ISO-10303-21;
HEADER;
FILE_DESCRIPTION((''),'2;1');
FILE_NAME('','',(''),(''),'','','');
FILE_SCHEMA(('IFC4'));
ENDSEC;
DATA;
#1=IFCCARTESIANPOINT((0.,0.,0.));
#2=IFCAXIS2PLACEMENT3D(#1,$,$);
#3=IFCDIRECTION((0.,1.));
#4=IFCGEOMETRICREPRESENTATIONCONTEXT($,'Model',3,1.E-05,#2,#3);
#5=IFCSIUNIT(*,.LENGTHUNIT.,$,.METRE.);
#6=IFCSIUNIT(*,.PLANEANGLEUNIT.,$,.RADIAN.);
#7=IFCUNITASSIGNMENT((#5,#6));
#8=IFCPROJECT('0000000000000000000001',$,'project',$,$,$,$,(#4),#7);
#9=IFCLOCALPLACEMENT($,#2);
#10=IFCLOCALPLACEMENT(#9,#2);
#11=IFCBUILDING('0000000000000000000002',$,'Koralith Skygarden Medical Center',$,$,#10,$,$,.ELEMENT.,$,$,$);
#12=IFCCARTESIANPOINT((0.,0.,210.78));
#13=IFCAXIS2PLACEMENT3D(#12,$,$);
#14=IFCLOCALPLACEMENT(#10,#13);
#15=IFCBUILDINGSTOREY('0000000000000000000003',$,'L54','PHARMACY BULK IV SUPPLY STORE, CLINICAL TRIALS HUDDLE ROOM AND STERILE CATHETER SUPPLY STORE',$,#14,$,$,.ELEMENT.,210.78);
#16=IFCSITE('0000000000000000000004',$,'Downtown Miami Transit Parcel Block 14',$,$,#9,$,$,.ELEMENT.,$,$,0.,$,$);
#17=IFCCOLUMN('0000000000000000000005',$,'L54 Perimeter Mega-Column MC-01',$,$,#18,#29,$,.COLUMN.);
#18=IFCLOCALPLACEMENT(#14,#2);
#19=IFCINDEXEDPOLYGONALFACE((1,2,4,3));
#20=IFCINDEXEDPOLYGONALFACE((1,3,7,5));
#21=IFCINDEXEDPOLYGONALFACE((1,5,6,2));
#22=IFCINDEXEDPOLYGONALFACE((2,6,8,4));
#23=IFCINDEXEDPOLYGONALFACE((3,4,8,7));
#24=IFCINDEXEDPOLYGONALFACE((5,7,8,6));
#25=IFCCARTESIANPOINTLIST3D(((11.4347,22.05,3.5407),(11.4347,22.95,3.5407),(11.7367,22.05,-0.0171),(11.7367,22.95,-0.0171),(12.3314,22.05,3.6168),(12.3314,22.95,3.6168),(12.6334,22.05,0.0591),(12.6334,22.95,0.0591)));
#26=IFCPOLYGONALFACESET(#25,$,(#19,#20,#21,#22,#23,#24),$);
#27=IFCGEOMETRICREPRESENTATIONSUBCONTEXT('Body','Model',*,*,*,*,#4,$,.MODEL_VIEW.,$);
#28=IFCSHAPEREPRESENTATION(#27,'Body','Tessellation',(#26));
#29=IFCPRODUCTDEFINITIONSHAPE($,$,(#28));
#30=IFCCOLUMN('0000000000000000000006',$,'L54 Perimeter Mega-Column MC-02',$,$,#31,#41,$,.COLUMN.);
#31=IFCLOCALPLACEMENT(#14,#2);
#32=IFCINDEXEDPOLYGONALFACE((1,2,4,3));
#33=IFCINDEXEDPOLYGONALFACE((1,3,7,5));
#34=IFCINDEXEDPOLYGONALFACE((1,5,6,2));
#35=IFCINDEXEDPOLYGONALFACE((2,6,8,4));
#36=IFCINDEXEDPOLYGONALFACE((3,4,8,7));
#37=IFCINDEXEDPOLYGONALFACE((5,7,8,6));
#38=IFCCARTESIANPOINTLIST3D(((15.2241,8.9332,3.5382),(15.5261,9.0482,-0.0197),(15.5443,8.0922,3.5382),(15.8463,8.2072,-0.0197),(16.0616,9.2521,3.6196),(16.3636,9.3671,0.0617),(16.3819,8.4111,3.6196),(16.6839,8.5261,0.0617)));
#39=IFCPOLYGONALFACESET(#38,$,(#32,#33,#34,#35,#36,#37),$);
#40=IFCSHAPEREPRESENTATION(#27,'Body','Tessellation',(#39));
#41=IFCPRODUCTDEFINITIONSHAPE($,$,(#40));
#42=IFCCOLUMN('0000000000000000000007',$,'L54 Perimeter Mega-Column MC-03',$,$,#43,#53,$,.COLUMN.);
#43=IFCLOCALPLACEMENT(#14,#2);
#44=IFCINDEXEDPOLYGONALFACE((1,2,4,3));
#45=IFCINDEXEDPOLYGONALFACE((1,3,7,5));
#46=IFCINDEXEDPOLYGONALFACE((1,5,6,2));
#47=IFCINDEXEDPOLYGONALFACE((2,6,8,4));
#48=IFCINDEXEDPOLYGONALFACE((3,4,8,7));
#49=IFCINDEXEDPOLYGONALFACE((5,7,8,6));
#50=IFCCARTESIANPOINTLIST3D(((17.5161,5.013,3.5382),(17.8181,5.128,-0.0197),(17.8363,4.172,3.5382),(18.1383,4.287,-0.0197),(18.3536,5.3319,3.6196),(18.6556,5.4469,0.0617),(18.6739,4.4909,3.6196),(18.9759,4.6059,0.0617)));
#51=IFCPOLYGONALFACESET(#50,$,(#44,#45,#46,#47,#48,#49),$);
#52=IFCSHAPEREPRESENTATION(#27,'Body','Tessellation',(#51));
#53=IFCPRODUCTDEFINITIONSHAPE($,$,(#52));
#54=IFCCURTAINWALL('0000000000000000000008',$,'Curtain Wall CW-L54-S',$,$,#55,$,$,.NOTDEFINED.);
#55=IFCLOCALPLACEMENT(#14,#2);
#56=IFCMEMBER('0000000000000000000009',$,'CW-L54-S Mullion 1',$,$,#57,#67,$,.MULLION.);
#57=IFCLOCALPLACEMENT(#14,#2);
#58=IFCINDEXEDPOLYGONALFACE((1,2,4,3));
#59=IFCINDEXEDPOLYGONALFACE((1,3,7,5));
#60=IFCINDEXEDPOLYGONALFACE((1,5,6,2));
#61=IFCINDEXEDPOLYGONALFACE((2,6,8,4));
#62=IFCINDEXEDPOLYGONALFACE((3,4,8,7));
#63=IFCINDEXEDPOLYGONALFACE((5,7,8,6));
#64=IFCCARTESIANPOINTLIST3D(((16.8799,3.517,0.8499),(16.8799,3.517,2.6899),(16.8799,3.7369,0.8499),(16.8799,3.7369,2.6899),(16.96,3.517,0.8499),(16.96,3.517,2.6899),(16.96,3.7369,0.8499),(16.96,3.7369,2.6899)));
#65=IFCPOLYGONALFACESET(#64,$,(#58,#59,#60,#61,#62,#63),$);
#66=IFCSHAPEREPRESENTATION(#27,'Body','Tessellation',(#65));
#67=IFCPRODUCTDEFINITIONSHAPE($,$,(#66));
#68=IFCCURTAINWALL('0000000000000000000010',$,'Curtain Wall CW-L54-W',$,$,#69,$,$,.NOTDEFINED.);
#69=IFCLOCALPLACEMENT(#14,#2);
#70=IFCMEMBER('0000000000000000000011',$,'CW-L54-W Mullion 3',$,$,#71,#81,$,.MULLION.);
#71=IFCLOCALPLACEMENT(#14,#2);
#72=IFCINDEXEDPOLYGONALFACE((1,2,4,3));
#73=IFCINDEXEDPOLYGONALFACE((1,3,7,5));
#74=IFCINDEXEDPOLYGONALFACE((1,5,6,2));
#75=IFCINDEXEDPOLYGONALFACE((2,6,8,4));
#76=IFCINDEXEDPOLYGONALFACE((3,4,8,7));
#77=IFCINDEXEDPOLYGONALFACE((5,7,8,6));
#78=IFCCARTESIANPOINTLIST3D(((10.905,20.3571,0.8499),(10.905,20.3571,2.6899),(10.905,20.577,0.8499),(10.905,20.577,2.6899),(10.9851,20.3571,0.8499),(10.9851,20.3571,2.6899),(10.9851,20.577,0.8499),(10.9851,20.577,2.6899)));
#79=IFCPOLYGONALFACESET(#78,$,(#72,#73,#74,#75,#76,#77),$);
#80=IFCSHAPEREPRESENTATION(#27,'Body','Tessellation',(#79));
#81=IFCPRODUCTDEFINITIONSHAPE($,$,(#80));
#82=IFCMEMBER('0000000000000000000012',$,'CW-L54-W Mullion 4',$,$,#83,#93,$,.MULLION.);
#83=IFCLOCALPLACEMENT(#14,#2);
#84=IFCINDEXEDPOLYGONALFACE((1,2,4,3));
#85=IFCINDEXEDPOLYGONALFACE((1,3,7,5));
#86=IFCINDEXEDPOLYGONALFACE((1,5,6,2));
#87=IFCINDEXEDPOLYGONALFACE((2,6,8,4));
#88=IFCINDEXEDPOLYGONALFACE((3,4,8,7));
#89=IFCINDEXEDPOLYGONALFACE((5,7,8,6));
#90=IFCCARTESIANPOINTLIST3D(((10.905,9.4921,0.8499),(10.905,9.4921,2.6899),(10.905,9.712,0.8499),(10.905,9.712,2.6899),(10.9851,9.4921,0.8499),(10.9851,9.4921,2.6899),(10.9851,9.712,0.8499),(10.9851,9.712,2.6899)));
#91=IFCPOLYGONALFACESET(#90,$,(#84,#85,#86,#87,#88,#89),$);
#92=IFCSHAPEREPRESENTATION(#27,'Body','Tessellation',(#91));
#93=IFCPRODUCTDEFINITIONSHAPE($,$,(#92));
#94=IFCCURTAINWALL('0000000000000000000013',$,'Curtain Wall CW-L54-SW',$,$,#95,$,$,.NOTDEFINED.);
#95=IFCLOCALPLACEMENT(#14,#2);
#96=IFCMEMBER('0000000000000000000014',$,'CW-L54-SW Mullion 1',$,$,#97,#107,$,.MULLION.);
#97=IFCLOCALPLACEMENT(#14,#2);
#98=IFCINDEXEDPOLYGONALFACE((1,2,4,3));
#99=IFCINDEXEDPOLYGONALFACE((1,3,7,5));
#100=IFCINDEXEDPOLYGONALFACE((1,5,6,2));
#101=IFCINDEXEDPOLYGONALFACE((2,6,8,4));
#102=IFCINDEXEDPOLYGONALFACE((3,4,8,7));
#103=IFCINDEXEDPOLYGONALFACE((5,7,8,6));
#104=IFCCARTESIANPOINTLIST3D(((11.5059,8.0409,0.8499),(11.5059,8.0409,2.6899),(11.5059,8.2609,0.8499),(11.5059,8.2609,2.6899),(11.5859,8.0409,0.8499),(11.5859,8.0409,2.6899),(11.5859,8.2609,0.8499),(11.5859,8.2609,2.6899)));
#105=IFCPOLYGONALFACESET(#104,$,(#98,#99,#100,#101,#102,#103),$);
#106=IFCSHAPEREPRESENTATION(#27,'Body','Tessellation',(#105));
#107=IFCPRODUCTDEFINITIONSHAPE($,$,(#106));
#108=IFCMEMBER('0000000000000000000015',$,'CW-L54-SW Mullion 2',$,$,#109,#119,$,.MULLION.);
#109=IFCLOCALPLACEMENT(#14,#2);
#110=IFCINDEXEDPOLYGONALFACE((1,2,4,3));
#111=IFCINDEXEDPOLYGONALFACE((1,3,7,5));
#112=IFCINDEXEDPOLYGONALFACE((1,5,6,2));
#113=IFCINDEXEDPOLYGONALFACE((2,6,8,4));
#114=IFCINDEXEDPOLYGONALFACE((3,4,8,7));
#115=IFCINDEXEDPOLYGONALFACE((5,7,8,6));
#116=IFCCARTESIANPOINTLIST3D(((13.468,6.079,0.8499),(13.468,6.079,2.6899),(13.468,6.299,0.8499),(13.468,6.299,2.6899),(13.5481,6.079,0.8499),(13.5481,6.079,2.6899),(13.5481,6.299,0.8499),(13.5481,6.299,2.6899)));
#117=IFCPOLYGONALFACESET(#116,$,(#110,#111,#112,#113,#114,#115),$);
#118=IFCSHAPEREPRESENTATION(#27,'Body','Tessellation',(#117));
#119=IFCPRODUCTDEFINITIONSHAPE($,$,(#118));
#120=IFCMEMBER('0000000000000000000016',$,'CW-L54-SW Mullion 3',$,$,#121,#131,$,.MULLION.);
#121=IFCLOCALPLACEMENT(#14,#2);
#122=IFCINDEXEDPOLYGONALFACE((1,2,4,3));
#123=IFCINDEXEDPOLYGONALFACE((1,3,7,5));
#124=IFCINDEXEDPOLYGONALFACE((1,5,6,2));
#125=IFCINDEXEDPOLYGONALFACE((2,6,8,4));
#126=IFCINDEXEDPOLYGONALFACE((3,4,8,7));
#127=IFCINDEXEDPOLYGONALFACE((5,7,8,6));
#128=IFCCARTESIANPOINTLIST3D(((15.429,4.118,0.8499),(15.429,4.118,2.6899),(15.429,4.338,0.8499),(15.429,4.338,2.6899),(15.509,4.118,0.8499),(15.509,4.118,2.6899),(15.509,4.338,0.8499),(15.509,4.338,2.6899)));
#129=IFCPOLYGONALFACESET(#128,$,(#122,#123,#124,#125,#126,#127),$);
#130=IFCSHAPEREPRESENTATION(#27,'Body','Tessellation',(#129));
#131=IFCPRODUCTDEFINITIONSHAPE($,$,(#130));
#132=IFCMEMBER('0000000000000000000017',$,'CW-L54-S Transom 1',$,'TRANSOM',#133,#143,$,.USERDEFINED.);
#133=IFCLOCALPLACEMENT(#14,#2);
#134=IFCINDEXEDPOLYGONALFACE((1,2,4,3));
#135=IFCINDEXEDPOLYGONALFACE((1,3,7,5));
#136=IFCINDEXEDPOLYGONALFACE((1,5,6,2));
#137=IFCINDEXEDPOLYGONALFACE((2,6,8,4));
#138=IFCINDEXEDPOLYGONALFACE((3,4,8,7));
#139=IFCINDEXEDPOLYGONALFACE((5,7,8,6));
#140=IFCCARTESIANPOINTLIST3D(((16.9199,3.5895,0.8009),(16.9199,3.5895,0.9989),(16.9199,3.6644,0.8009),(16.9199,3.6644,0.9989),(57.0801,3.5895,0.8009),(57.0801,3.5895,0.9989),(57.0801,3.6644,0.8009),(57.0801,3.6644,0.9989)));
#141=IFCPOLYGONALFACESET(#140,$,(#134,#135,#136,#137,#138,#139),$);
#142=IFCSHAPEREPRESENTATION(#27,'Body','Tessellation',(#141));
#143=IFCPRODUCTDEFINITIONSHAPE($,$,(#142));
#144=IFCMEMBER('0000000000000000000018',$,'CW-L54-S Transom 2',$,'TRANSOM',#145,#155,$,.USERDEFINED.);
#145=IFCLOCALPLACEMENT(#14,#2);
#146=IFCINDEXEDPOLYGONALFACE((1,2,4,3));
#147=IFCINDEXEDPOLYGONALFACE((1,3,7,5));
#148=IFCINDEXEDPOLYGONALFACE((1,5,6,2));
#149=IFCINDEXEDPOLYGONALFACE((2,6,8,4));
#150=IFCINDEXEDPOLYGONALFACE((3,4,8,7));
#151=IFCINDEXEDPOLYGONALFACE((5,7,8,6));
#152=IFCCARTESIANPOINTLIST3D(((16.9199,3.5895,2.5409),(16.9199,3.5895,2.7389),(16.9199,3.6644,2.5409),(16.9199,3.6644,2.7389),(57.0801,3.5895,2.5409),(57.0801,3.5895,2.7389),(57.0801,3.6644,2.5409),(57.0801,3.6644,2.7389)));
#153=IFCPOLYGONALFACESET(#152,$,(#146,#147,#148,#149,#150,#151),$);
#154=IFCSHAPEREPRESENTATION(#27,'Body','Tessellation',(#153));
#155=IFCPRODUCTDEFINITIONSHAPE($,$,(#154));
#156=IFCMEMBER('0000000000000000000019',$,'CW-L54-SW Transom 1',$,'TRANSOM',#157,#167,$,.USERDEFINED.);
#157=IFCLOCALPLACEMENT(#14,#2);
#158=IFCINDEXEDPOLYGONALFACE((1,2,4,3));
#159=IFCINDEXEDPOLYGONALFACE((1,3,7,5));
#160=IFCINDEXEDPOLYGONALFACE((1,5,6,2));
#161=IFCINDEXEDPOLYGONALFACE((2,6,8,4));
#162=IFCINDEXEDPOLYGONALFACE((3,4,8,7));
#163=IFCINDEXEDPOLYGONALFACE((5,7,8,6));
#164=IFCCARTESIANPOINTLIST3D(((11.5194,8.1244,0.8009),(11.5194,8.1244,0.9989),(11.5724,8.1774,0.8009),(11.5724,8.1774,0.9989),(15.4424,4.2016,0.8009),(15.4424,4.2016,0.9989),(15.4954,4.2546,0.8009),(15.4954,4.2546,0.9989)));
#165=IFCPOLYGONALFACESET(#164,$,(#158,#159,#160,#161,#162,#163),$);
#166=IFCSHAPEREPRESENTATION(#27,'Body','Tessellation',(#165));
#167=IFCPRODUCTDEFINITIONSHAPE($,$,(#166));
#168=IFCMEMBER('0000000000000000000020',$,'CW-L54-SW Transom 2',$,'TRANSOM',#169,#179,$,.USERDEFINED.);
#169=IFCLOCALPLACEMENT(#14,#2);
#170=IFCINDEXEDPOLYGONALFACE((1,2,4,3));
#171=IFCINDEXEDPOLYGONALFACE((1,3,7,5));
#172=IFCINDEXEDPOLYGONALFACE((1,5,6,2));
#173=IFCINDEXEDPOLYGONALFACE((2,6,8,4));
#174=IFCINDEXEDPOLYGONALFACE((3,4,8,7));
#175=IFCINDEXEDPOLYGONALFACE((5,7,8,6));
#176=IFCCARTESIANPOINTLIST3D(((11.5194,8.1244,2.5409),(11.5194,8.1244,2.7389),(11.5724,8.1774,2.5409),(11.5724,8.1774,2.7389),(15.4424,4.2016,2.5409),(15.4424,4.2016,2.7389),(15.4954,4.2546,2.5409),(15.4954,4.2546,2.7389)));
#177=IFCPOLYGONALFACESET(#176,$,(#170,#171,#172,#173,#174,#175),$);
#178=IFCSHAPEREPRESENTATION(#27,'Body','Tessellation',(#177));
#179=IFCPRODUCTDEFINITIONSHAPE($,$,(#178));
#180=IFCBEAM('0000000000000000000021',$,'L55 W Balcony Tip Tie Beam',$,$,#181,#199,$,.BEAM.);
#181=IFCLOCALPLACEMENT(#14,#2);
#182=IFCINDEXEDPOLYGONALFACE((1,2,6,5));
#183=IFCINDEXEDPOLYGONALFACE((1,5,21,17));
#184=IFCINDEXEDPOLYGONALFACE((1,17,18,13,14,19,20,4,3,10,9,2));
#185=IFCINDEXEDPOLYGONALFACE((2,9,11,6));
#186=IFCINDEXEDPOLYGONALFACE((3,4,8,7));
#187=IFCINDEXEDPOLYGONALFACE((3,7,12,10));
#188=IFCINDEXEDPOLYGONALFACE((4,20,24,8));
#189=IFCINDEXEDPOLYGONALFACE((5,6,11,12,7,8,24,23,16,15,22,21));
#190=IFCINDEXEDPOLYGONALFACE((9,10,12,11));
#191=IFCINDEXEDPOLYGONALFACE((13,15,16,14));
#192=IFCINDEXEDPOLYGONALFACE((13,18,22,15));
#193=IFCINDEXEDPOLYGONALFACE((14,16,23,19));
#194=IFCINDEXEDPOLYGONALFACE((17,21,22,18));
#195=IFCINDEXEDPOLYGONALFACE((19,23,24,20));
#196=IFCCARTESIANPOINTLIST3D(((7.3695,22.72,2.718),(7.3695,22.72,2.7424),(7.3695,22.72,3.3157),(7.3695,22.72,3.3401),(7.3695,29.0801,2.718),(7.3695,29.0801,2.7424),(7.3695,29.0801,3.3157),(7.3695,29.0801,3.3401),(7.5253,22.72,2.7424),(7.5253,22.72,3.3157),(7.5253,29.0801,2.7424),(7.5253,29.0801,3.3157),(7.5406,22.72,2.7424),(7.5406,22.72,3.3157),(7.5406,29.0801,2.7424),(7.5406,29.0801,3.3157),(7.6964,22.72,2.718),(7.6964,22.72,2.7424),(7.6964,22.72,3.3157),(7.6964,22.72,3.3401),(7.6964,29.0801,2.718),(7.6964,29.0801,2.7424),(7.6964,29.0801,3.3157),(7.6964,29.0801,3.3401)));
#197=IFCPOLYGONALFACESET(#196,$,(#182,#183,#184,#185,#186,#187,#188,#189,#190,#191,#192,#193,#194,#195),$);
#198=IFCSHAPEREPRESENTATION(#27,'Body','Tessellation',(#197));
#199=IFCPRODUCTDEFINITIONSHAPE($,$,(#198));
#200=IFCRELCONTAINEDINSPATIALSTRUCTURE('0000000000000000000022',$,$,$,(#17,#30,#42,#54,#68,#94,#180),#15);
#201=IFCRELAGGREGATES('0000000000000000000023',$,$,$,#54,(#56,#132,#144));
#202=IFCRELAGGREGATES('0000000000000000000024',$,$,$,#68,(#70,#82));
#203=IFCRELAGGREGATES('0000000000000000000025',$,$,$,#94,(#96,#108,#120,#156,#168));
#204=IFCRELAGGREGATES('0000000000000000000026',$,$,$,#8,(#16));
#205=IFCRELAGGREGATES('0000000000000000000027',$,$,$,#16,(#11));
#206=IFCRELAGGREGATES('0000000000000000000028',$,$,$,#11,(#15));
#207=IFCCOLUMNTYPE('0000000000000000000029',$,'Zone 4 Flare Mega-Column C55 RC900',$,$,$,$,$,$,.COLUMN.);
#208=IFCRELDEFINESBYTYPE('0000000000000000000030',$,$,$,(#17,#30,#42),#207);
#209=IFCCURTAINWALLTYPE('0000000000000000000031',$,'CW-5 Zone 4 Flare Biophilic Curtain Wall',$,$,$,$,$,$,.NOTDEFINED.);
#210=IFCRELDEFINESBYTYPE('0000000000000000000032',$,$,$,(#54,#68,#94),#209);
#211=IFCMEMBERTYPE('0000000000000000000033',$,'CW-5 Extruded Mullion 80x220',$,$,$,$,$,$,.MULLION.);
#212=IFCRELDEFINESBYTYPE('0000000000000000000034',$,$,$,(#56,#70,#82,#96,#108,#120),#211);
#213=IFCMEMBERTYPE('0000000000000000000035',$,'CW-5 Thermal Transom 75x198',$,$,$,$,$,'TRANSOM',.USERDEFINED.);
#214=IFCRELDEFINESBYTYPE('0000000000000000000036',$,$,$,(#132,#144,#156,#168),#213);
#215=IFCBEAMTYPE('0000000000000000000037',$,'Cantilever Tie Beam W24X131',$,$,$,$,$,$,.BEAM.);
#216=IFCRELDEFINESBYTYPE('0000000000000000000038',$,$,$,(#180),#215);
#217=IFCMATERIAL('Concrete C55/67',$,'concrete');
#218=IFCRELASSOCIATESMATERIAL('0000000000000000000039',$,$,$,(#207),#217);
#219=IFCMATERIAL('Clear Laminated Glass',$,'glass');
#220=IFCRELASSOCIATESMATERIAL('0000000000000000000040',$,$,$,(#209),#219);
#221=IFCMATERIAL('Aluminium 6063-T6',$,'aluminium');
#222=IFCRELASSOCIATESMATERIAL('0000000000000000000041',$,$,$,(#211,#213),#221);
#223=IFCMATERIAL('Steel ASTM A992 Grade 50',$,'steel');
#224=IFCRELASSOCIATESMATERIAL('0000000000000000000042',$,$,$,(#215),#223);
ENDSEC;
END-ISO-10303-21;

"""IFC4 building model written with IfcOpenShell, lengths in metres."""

from ifc_helpers import new_model, si_unit, direction, frame, origin, origin_2d, place, context, subcontext, project, spatial, rectangle, i_section, extrude, material, material_profile, profile_set, type_object, element, aggregate, save


model = new_model("IFC4")

# Units and contexts
model_context = context("Model", 3, precision=1e-05, world=origin(), true_north=direction((0.0, 1.0)))
body_context = subcontext(model_context, "Body", "Model", "MODEL_VIEW")
ifc_project = project(units=[si_unit("LENGTHUNIT", "METRE"), si_unit("PLANEANGLEUNIT", "RADIAN")], contexts=[model_context])

# Site, building, storey
site_placement = place(None, origin())
site = spatial("IfcSite", under=ifc_project, at=site_placement, Name="Downtown Miami Transit Parcel Block 14", CompositionType="ELEMENT", RefElevation=0.0)
building_placement = place(site_placement, origin())
building = spatial("IfcBuilding", under=site, at=building_placement, Name="Koralith Skygarden Medical Center", CompositionType="ELEMENT")
storey_placement = place(building_placement, frame((0.0, 0.0, 210.78)))
storey = spatial("IfcBuildingStorey", under=building, at=storey_placement, Name="L54", Description="PHARMACY BULK IV SUPPLY STORE, CLINICAL TRIALS HUDDLE ROOM AND STERILE CATHETER SUPPLY STORE", CompositionType="ELEMENT", Elevation=210.78)

# Columns
ifc_material_1 = material(Name="Concrete C55/67", Category="concrete")
ifc_material_profile_1 = material_profile(ifc_material_1, rectangle(XDim=0.8999, YDim=0.8999, at=origin_2d()), Name="RC900X900")
ifc_profile_set_1 = profile_set([ifc_material_profile_1], Name="Concrete C55/67")
column_type = type_object("IfcColumnType", Name="Zone 4 Flare Mega-Column C55 RC900", PredefinedType="COLUMN", material=ifc_profile_set_1)
column_placement = place(storey_placement, frame((12.1851, 22.5, 0.021), z_axis=(-0.084579, 0.0, 0.996417), x_axis=(0.0, -1.0, 0.0)))
element("IfcColumn", 1, at=column_placement, inside=storey, type_object=column_type, Name="L54 Perimeter Mega-Column MC-01", PredefinedType="COLUMN", context=body_context, shape_type="SweptSolid", body=[
    extrude(rectangle(XDim=0.8999, YDim=0.8999, at=origin_2d()), origin(), (0.0, 0.0, 1.0), 3.5706),
])
for number, where, z_axis, x_axis, name in (
    (2, (16.105, 8.7871, 0.021), (-0.084535, -0.032188, 0.9959), (0.355838, -0.934548, 0.0), "L54 Perimeter Mega-Column MC-02"),
    (3, (18.397, 4.8669, 0.021), (-0.084535, -0.032188, 0.9959), (0.355838, -0.934548, 0.0), "L54 Perimeter Mega-Column MC-03"),
):
    element("IfcColumn", number, at=place(storey_placement, frame(where, z_axis=z_axis, x_axis=x_axis)), inside=storey, type_object=column_type, Name=name, PredefinedType="COLUMN", context=body_context, shape_type="SweptSolid", body=[
        extrude(rectangle(XDim=0.8999, YDim=0.8999, at=origin_2d()), origin(), (0.0, 0.0, 1.0), 3.5725),
    ])

# Curtain wall, member
ifc_material_2 = material(Name="Clear Laminated Glass", Category="glass")
curtain_wall_type = type_object("IfcCurtainWallType", Name="CW-5 Zone 4 Flare Biophilic Curtain Wall", PredefinedType="NOTDEFINED", material=ifc_material_2)
curtain_wall_1_placement = place(storey_placement, origin())
curtain_wall_1 = element("IfcCurtainWall", 4, at=curtain_wall_1_placement, inside=storey, type_object=curtain_wall_type, Name="Curtain Wall CW-L54-S", PredefinedType="NOTDEFINED")
ifc_material_3 = material(Name="Aluminium 6063-T6", Category="aluminium")
ifc_material_profile_2 = material_profile(ifc_material_3, rectangle(XDim=0.0801, YDim=0.22, at=origin_2d()), Name="MUL80X220")
ifc_profile_set_2 = profile_set([ifc_material_profile_2], Name="Aluminium 6063-T6")
member_type_1 = type_object("IfcMemberType", Name="CW-5 Extruded Mullion 80x220", PredefinedType="MULLION", material=ifc_profile_set_2)
member_1_placement = place(storey_placement, frame((16.9199, 3.627, 0.8499), z_axis=(0.0, 0.0, 1.0), x_axis=(1.0, 0.0, 0.0)))
member_1 = element("IfcMember", 5, at=member_1_placement, type_object=member_type_1, Name="CW-L54-S Mullion 1", PredefinedType="MULLION", context=body_context, shape_type="SweptSolid", body=[
    extrude(rectangle(XDim=0.0801, YDim=0.22, at=origin_2d()), origin(), (0.0, 0.0, 1.0), 1.8401),
])

# Curtain walls, members
curtain_wall_2_placement = place(storey_placement, origin())
curtain_wall_2 = element("IfcCurtainWall", 6, at=curtain_wall_2_placement, inside=storey, type_object=curtain_wall_type, Name="Curtain Wall CW-L54-W", PredefinedType="NOTDEFINED")
member_2_placement = place(storey_placement, frame((10.9451, 20.467, 0.8499), z_axis=(0.0, 0.0, 1.0), x_axis=(1.0, 0.0, 0.0)))
member_2 = element("IfcMember", 7, at=member_2_placement, type_object=member_type_1, Name="CW-L54-W Mullion 3", PredefinedType="MULLION", context=body_context, shape_type="SweptSolid", body=[
    extrude(rectangle(XDim=0.0801, YDim=0.22, at=origin_2d()), origin(), (0.0, 0.0, 1.0), 1.8401),
])
member_3_placement = place(storey_placement, frame((10.9451, 9.6021, 0.8499), z_axis=(0.0, 0.0, 1.0), x_axis=(1.0, 0.0, 0.0)))
member_3 = element("IfcMember", 8, at=member_3_placement, type_object=member_type_1, Name="CW-L54-W Mullion 4", PredefinedType="MULLION", context=body_context, shape_type="SweptSolid", body=[
    extrude(rectangle(XDim=0.0801, YDim=0.22, at=origin_2d()), origin(), (0.0, 0.0, 1.0), 1.8401),
])
curtain_wall_3_placement = place(storey_placement, origin())
curtain_wall_3 = element("IfcCurtainWall", 9, at=curtain_wall_3_placement, inside=storey, type_object=curtain_wall_type, Name="Curtain Wall CW-L54-SW", PredefinedType="NOTDEFINED")
member_4_placement = place(storey_placement, frame((11.5459, 8.1509, 0.8499), z_axis=(0.0, 0.0, 1.0), x_axis=(1.0, 0.0, 0.0)))
member_4 = element("IfcMember", 10, at=member_4_placement, type_object=member_type_1, Name="CW-L54-SW Mullion 1", PredefinedType="MULLION", context=body_context, shape_type="SweptSolid", body=[
    extrude(rectangle(XDim=0.0801, YDim=0.22, at=origin_2d()), origin(), (0.0, 0.0, 1.0), 1.8401),
])
member_5_placement = place(storey_placement, frame((13.5081, 6.189, 0.8499), z_axis=(0.0, 0.0, 1.0), x_axis=(1.0, 0.0, 0.0)))
member_5 = element("IfcMember", 11, at=member_5_placement, type_object=member_type_1, Name="CW-L54-SW Mullion 2", PredefinedType="MULLION", context=body_context, shape_type="SweptSolid", body=[
    extrude(rectangle(XDim=0.0801, YDim=0.22, at=origin_2d()), origin(), (0.0, 0.0, 1.0), 1.8401),
])
member_6_placement = place(storey_placement, frame((15.469, 4.228, 0.8499), z_axis=(0.0, 0.0, 1.0), x_axis=(1.0, 0.0, 0.0)))
member_6 = element("IfcMember", 12, at=member_6_placement, type_object=member_type_1, Name="CW-L54-SW Mullion 3", PredefinedType="MULLION", context=body_context, shape_type="SweptSolid", body=[
    extrude(rectangle(XDim=0.0801, YDim=0.22, at=origin_2d()), origin(), (0.0, 0.0, 1.0), 1.8401),
])

# Members
ifc_material_profile_3 = material_profile(ifc_material_3, rectangle(XDim=0.075, YDim=0.198, at=origin_2d()), Name="TRN75X198")
ifc_profile_set_3 = profile_set([ifc_material_profile_3], Name="Aluminium 6063-T6")
member_type_2 = type_object("IfcMemberType", Name="CW-5 Thermal Transom 75x198", ElementType="TRANSOM", PredefinedType="USERDEFINED", material=ifc_profile_set_3)
member_7_placement = place(storey_placement, frame((16.9199, 3.627, 0.8999), z_axis=(1.0, 0.0, 0.0), x_axis=(0.0, 1.0, 0.0)))
member_7 = element("IfcMember", 13, at=member_7_placement, type_object=member_type_2, Name="CW-L54-S Transom 1", ObjectType="TRANSOM", PredefinedType="USERDEFINED", context=body_context, shape_type="SweptSolid", body=[
    extrude(rectangle(XDim=0.075, YDim=0.198, at=origin_2d()), origin(), (0.0, 0.0, 1.0), 40.1602),
])
member_8_placement = place(storey_placement, frame((16.9199, 3.627, 2.6399), z_axis=(1.0, 0.0, 0.0), x_axis=(0.0, 1.0, 0.0)))
member_8 = element("IfcMember", 14, at=member_8_placement, type_object=member_type_2, Name="CW-L54-S Transom 2", ObjectType="TRANSOM", PredefinedType="USERDEFINED", context=body_context, shape_type="SweptSolid", body=[
    extrude(rectangle(XDim=0.075, YDim=0.198, at=origin_2d()), origin(), (0.0, 0.0, 1.0), 40.1602),
])
aggregate(curtain_wall_1, [member_1, member_7, member_8])
member_9_placement = place(storey_placement, frame((11.5459, 8.1509, 0.8999), z_axis=(0.707129, -0.707085, 0.0), x_axis=(0.707085, 0.707129, 0.0)))
member_9 = element("IfcMember", 15, at=member_9_placement, type_object=member_type_2, Name="CW-L54-SW Transom 1", ObjectType="TRANSOM", PredefinedType="USERDEFINED", context=body_context, shape_type="SweptSolid", body=[
    extrude(rectangle(XDim=0.075, YDim=0.198, at=origin_2d()), origin(), (0.0, 0.0, 1.0), 5.5479),
])
member_10_placement = place(storey_placement, frame((11.5459, 8.1509, 2.6399), z_axis=(0.707129, -0.707085, 0.0), x_axis=(0.707085, 0.707129, 0.0)))
member_10 = element("IfcMember", 16, at=member_10_placement, type_object=member_type_2, Name="CW-L54-SW Transom 2", ObjectType="TRANSOM", PredefinedType="USERDEFINED", context=body_context, shape_type="SweptSolid", body=[
    extrude(rectangle(XDim=0.075, YDim=0.198, at=origin_2d()), origin(), (0.0, 0.0, 1.0), 5.5479),
])

# Beam
ifc_material_4 = material(Name="Steel ASTM A992 Grade 50", Category="steel")
ifc_material_profile_4 = material_profile(ifc_material_4, i_section(OverallWidth=0.3269, OverallDepth=0.6221, WebThickness=0.0154, FlangeThickness=0.0244, at=origin_2d()), Name="W24X131")
ifc_profile_set_4 = profile_set([ifc_material_profile_4], Name="Steel ASTM A992 Grade 50")
beam_type_1 = type_object("IfcBeamType", Name="Cantilever Tie Beam W24X131", PredefinedType="BEAM", material=ifc_profile_set_4)
beam_1_placement = place(storey_placement, frame((7.533, 22.72, 3.0291), z_axis=(0.0, 1.0, 0.0), x_axis=(-1.0, 0.0, 0.0)))
element("IfcBeam", 17, at=beam_1_placement, inside=storey, type_object=beam_type_1, Name="L55 W Balcony Tip Tie Beam", PredefinedType="BEAM", context=body_context, shape_type="SweptSolid", body=[
    extrude(i_section(OverallWidth=0.3269, OverallDepth=0.6221, WebThickness=0.0154, FlangeThickness=0.0244, at=origin_2d()), origin(), (0.0, 0.0, 1.0), 6.3601),
])

aggregate(curtain_wall_2, [member_2, member_3])
aggregate(curtain_wall_3, [member_4, member_5, member_6, member_9, member_10])

save(model, "model.ifc")
